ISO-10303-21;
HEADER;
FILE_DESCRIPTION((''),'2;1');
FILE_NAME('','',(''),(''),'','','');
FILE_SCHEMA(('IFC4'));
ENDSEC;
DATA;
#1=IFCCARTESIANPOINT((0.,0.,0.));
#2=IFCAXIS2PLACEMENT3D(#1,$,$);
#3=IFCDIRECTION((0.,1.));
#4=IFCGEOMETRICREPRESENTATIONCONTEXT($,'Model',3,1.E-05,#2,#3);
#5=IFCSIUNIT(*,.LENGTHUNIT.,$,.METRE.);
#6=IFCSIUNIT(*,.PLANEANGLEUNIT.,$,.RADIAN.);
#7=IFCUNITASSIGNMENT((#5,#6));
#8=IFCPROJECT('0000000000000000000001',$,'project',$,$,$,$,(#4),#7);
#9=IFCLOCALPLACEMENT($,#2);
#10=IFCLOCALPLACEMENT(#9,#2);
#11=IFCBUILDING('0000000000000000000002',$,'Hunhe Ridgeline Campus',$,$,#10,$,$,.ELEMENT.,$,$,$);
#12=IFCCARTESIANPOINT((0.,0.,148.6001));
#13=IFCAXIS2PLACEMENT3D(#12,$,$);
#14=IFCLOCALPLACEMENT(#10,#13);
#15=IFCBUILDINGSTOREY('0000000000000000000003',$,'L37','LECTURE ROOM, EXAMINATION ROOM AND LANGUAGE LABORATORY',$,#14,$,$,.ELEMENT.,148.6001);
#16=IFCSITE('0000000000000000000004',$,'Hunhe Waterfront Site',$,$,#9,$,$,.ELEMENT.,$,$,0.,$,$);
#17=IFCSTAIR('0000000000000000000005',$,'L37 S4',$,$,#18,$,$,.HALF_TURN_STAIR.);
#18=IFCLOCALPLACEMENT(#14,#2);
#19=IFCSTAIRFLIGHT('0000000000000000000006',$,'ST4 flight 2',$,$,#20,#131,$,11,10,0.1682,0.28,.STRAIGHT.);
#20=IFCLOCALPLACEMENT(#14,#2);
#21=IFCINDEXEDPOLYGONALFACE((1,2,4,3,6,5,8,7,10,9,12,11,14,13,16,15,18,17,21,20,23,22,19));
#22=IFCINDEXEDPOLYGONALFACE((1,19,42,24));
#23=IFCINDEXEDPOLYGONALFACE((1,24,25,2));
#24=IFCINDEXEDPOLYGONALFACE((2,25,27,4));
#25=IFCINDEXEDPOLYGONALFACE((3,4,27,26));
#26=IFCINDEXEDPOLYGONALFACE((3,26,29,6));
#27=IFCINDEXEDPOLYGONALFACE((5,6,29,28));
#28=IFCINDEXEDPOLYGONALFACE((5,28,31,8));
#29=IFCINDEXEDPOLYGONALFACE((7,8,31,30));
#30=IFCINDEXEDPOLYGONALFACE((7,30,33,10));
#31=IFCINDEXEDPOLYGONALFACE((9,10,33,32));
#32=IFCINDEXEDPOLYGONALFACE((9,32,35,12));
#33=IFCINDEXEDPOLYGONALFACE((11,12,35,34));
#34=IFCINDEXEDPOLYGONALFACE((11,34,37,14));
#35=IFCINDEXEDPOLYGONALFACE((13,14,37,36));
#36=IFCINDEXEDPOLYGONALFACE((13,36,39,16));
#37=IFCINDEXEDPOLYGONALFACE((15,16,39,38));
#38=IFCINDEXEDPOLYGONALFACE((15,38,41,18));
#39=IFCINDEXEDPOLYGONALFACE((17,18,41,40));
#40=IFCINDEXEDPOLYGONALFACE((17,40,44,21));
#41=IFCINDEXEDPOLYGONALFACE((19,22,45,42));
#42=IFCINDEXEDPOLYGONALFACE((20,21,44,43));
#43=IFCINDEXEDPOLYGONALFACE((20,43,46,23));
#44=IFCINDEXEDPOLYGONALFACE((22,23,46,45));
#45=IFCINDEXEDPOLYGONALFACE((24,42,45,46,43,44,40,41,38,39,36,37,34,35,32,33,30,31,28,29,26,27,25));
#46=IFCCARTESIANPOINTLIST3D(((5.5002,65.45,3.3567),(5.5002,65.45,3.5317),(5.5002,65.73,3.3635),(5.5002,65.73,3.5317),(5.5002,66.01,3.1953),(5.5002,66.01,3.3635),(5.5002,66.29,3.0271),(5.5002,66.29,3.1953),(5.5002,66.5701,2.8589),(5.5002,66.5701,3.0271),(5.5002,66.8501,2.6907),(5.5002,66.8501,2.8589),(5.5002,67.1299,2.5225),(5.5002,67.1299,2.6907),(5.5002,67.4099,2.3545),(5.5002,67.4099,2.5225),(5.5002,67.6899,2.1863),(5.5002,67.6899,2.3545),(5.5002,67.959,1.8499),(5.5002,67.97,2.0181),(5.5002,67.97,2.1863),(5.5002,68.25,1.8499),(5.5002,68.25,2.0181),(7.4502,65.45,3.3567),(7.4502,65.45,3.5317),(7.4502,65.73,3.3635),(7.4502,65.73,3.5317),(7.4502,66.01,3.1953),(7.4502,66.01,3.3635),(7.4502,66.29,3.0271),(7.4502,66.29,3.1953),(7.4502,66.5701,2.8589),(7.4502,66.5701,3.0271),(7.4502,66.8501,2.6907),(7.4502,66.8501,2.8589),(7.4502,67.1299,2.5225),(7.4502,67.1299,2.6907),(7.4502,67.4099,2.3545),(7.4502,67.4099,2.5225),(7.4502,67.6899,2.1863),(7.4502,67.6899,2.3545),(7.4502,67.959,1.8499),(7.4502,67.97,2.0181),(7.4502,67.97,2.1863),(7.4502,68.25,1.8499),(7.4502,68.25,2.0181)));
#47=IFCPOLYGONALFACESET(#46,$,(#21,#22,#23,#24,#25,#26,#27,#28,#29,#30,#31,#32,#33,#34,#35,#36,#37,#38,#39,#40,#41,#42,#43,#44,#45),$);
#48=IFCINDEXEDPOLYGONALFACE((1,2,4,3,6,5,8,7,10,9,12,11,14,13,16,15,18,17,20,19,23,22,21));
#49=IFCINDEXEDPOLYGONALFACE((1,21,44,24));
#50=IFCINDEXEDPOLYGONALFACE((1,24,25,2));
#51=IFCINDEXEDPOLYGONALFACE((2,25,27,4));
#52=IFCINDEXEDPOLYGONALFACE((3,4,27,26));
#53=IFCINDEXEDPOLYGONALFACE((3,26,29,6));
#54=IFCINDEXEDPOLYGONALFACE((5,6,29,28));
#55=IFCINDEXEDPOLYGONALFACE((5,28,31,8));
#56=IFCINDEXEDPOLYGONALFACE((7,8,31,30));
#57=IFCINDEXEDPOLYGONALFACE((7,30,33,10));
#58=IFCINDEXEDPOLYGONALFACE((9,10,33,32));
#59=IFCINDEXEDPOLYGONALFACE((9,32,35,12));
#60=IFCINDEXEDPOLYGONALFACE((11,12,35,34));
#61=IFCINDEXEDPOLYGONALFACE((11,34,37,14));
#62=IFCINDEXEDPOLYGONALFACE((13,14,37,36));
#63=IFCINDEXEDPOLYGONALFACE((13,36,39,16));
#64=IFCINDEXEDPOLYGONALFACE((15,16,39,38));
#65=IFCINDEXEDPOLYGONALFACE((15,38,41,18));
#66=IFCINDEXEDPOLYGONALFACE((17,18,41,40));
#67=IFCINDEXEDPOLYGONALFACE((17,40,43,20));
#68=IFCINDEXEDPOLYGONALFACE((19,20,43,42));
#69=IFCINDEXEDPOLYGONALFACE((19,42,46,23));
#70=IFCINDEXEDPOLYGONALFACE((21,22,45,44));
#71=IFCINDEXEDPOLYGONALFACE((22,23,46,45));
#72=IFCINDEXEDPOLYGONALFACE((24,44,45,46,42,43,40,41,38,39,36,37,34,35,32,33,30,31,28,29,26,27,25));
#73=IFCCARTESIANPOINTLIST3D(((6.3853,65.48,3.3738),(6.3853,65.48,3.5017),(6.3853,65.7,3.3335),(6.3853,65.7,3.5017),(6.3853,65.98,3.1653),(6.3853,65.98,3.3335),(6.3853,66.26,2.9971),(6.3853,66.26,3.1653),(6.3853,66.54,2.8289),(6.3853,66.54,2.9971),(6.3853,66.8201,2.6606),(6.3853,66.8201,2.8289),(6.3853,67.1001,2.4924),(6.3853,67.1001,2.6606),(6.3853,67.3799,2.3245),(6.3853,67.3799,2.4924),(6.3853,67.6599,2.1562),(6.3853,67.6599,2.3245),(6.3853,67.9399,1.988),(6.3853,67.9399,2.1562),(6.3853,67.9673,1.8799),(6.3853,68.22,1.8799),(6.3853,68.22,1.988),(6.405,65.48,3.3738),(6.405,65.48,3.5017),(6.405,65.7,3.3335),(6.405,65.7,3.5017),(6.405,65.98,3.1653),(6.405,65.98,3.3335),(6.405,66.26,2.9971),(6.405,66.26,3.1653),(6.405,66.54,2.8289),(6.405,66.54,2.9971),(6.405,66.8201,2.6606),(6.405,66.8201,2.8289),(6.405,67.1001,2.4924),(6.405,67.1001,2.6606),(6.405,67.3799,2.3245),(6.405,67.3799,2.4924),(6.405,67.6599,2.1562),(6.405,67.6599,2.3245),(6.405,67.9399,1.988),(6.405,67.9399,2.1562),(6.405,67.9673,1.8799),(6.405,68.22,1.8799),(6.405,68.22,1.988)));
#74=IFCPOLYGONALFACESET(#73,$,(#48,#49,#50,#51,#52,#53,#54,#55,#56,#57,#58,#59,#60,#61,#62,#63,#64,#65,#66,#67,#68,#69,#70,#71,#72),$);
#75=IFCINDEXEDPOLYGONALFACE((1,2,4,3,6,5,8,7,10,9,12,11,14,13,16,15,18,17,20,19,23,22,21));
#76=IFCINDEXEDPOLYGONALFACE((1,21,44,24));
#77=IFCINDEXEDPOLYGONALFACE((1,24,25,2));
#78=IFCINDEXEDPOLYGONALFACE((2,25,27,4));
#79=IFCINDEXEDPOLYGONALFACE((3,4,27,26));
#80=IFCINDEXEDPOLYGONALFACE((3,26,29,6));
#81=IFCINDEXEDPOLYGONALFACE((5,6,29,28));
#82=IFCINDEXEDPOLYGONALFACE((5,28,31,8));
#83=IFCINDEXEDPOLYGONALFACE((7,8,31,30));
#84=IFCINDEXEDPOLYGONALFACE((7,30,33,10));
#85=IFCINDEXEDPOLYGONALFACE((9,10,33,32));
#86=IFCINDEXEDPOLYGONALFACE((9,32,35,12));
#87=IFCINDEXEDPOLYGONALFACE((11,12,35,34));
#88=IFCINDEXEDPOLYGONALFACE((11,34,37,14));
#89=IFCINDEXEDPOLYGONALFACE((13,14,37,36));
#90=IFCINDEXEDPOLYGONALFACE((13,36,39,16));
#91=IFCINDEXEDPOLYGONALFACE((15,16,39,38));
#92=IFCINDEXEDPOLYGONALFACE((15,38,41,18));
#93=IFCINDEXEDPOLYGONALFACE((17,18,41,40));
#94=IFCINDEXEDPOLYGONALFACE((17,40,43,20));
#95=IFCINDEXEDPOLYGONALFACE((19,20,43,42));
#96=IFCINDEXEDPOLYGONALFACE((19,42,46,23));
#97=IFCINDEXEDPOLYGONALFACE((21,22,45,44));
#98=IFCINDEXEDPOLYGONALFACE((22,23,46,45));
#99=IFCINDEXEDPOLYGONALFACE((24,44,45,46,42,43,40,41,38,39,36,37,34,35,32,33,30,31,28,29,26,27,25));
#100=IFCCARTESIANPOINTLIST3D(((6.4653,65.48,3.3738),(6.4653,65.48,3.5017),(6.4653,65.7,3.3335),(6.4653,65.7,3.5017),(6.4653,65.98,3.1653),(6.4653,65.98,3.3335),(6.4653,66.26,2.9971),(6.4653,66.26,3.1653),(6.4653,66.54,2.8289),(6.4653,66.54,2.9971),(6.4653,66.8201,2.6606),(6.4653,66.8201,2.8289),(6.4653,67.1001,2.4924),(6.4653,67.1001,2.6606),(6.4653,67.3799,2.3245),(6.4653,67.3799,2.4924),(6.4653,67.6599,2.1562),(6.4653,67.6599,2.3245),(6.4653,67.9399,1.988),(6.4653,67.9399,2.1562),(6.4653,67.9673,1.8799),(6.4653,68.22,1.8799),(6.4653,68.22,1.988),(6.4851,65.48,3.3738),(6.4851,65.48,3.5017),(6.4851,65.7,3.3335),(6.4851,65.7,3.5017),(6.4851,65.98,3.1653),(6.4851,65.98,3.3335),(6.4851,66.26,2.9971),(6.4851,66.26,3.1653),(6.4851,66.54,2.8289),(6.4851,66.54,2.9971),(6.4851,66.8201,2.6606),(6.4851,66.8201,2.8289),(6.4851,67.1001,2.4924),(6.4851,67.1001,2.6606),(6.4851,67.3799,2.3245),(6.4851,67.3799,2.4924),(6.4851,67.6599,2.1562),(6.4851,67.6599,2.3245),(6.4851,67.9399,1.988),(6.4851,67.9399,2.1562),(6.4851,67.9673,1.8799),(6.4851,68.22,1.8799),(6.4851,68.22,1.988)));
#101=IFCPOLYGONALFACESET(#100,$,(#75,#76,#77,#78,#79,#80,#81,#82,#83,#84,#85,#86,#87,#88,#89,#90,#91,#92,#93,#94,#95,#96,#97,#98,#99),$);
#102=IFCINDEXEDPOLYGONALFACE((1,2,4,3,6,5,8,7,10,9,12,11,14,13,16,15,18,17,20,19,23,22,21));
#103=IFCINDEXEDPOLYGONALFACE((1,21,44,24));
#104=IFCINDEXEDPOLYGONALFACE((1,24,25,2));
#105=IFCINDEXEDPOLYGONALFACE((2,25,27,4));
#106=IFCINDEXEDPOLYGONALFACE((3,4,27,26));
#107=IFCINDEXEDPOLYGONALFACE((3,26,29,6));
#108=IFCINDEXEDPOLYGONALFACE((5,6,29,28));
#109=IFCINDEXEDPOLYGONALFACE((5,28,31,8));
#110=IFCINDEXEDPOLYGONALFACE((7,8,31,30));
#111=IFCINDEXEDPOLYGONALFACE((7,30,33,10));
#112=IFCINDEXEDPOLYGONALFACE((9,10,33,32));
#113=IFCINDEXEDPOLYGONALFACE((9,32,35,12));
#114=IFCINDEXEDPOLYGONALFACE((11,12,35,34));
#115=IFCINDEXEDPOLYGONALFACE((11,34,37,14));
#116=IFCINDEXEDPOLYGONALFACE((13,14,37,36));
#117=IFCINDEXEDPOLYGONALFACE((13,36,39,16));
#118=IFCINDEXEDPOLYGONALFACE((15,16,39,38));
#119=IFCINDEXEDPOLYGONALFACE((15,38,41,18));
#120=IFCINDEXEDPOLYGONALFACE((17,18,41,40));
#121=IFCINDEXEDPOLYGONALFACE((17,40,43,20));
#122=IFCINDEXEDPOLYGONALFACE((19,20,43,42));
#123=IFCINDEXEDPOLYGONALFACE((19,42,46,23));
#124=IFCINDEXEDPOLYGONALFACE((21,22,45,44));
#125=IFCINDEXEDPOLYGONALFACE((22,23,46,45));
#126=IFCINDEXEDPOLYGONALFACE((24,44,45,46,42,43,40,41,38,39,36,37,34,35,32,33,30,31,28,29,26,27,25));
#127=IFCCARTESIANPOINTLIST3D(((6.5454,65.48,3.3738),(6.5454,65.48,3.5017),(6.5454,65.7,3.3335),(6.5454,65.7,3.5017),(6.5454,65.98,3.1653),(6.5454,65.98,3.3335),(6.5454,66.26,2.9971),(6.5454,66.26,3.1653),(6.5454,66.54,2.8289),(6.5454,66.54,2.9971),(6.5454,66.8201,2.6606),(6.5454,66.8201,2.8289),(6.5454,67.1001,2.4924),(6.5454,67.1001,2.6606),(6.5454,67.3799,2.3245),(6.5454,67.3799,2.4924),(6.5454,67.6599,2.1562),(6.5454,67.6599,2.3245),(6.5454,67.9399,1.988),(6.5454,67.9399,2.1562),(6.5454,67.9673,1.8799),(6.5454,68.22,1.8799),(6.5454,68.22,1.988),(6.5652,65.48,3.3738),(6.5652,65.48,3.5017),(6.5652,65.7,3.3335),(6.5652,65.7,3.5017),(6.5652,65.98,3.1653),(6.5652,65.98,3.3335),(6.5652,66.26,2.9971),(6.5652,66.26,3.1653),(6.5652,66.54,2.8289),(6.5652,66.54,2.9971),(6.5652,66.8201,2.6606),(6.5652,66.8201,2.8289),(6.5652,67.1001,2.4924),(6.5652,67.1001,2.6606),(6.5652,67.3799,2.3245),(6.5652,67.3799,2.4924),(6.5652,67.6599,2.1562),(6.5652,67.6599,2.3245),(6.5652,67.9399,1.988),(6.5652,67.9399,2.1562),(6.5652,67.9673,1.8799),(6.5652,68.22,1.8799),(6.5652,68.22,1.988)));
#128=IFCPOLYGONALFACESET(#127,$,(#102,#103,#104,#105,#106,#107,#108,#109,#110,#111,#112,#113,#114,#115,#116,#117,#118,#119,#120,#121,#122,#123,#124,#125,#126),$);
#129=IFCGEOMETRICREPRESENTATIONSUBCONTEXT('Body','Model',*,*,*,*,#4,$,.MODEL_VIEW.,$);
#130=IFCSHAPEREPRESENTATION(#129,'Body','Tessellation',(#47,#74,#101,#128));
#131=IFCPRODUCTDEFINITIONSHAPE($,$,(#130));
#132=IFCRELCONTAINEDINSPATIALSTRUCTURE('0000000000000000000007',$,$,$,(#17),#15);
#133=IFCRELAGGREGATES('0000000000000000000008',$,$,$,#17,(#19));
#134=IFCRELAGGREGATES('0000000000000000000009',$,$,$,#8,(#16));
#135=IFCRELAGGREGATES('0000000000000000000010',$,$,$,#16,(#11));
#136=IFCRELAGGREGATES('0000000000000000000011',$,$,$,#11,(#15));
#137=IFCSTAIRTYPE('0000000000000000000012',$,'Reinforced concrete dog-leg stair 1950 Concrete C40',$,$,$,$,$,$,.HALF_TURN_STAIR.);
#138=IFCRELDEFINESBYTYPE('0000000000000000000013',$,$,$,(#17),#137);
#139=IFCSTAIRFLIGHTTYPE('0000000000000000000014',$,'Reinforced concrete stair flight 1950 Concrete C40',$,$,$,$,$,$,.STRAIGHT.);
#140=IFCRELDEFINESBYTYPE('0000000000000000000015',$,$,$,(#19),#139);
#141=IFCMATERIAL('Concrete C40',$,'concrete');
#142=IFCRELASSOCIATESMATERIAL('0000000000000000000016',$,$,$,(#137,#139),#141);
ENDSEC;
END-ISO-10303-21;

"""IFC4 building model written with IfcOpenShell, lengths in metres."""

from ifc_helpers import new_model, si_unit, direction, frame, origin, place, context, subcontext, project, spatial, polyline, outline, extrude, material, type_object, element, aggregate, save


model = new_model("IFC4")

# Units and contexts
model_context = context("Model", 3, precision=1e-05, world=origin(), true_north=direction((0.0, 1.0)))
body_context = subcontext(model_context, "Body", "Model", "MODEL_VIEW")
ifc_project = project(units=[si_unit("LENGTHUNIT", "METRE"), si_unit("PLANEANGLEUNIT", "RADIAN")], contexts=[model_context])

# Site, building, storey
site_placement = place(None, origin())
site = spatial("IfcSite", under=ifc_project, at=site_placement, Name="Hunhe Waterfront Site", CompositionType="ELEMENT", RefElevation=0.0)
building_placement = place(site_placement, origin())
building = spatial("IfcBuilding", under=site, at=building_placement, Name="Hunhe Ridgeline Campus", CompositionType="ELEMENT")
storey_placement = place(building_placement, frame((0.0, 0.0, 148.6001)))
storey = spatial("IfcBuildingStorey", under=building, at=storey_placement, Name="L37", Description="LECTURE ROOM, EXAMINATION ROOM AND LANGUAGE LABORATORY", CompositionType="ELEMENT", Elevation=148.6001)

# Stair, stair flight
ifc_material_1 = material(Name="Concrete C40", Category="concrete")
stair_type = type_object("IfcStairType", Name="Reinforced concrete dog-leg stair 1950 Concrete C40", PredefinedType="HALF_TURN_STAIR", material=ifc_material_1)
stair_flight_type = type_object("IfcStairFlightType", Name="Reinforced concrete stair flight 1950 Concrete C40", PredefinedType="STRAIGHT", material=ifc_material_1)
stair_1_placement = place(storey_placement, origin())
stair_1 = element("IfcStair", 1, at=stair_1_placement, inside=storey, type_object=stair_type, Name="L37 S4", PredefinedType="HALF_TURN_STAIR")
stair_flight_1_placement = place(storey_placement, frame((6.4751, 68.25, 1.8499), z_axis=(0.0, 0.0, 1.0), x_axis=(0.0, -1.0, 0.0)))
stair_flight_1 = element("IfcStairFlight", 2, at=stair_flight_1_placement, type_object=stair_flight_type, Name="ST4 flight 2", NumberOfRisers=11, NumberOfTreads=10, PredefinedType="STRAIGHT", RiserHeight=0.1682, TreadLength=0.28, context=body_context, shape_type="SweptSolid", body=[
    extrude(outline(polyline([(0.0, 0.0), (0.0, 0.1682), (0.28, 0.1682), (0.28, 0.3364), (0.5601, 0.3364), (0.5601, 0.5046), (0.8401, 0.5046), (0.8401, 0.6726), (1.1201, 0.6726), (1.1201, 0.8408), (1.3999, 0.8408), (1.3999, 1.009), (1.6799, 1.009), (1.6799, 1.1772), (1.96, 1.1772), (1.96, 1.3455), (2.24, 1.3455), (2.24, 1.5137), (2.52, 1.5137), (2.52, 1.6819), (2.8, 1.6819), (2.8, 1.8501), (2.8, 1.5068), (0.291, 0.0), (0.0, 0.0)])), frame((0.0, 0.9751, 0.0), z_axis=(0.0, -1.0, 0.0), x_axis=(1.0, 0.0, 0.0)), (0.0, 0.0, 1.0), 1.95),
    extrude(outline(polyline([(0.03, 0.03), (0.03, 0.1382), (0.3101, 0.1382), (0.3101, 0.3064), (0.5901, 0.3064), (0.5901, 0.4746), (0.8701, 0.4746), (0.8701, 0.6426), (1.1499, 0.6426), (1.1499, 0.8108), (1.4299, 0.8108), (1.4299, 0.979), (1.71, 0.979), (1.71, 1.1472), (1.99, 1.1472), (1.99, 1.3154), (2.27, 1.3154), (2.27, 1.4836), (2.55, 1.4836), (2.55, 1.6519), (2.77, 1.6519), (2.77, 1.5239), (0.2827, 0.03), (0.03, 0.03)])), frame((0.0, -0.0701, 0.0), z_axis=(0.0, -1.0, 0.0), x_axis=(1.0, 0.0, 0.0)), (0.0, 0.0, 1.0), 0.0198),
    extrude(outline(polyline([(0.03, 0.03), (0.03, 0.1382), (0.3101, 0.1382), (0.3101, 0.3064), (0.5901, 0.3064), (0.5901, 0.4746), (0.8701, 0.4746), (0.8701, 0.6426), (1.1499, 0.6426), (1.1499, 0.8108), (1.4299, 0.8108), (1.4299, 0.979), (1.71, 0.979), (1.71, 1.1472), (1.99, 1.1472), (1.99, 1.3154), (2.27, 1.3154), (2.27, 1.4836), (2.55, 1.4836), (2.55, 1.6519), (2.77, 1.6519), (2.77, 1.5239), (0.2827, 0.03), (0.03, 0.03)])), frame((0.0, 0.01, 0.0), z_axis=(0.0, -1.0, 0.0), x_axis=(1.0, 0.0, 0.0)), (0.0, 0.0, 1.0), 0.0198),
    extrude(outline(polyline([(0.03, 0.03), (0.03, 0.1382), (0.3101, 0.1382), (0.3101, 0.3064), (0.5901, 0.3064), (0.5901, 0.4746), (0.8701, 0.4746), (0.8701, 0.6426), (1.1499, 0.6426), (1.1499, 0.8108), (1.4299, 0.8108), (1.4299, 0.979), (1.71, 0.979), (1.71, 1.1472), (1.99, 1.1472), (1.99, 1.3154), (2.27, 1.3154), (2.27, 1.4836), (2.55, 1.4836), (2.55, 1.6519), (2.77, 1.6519), (2.77, 1.5239), (0.2827, 0.03), (0.03, 0.03)])), frame((0.0, 0.0901, 0.0), z_axis=(0.0, -1.0, 0.0), x_axis=(1.0, 0.0, 0.0)), (0.0, 0.0, 1.0), 0.0198),
])
aggregate(stair_1, [stair_flight_1])

save(model, "model.ifc")
